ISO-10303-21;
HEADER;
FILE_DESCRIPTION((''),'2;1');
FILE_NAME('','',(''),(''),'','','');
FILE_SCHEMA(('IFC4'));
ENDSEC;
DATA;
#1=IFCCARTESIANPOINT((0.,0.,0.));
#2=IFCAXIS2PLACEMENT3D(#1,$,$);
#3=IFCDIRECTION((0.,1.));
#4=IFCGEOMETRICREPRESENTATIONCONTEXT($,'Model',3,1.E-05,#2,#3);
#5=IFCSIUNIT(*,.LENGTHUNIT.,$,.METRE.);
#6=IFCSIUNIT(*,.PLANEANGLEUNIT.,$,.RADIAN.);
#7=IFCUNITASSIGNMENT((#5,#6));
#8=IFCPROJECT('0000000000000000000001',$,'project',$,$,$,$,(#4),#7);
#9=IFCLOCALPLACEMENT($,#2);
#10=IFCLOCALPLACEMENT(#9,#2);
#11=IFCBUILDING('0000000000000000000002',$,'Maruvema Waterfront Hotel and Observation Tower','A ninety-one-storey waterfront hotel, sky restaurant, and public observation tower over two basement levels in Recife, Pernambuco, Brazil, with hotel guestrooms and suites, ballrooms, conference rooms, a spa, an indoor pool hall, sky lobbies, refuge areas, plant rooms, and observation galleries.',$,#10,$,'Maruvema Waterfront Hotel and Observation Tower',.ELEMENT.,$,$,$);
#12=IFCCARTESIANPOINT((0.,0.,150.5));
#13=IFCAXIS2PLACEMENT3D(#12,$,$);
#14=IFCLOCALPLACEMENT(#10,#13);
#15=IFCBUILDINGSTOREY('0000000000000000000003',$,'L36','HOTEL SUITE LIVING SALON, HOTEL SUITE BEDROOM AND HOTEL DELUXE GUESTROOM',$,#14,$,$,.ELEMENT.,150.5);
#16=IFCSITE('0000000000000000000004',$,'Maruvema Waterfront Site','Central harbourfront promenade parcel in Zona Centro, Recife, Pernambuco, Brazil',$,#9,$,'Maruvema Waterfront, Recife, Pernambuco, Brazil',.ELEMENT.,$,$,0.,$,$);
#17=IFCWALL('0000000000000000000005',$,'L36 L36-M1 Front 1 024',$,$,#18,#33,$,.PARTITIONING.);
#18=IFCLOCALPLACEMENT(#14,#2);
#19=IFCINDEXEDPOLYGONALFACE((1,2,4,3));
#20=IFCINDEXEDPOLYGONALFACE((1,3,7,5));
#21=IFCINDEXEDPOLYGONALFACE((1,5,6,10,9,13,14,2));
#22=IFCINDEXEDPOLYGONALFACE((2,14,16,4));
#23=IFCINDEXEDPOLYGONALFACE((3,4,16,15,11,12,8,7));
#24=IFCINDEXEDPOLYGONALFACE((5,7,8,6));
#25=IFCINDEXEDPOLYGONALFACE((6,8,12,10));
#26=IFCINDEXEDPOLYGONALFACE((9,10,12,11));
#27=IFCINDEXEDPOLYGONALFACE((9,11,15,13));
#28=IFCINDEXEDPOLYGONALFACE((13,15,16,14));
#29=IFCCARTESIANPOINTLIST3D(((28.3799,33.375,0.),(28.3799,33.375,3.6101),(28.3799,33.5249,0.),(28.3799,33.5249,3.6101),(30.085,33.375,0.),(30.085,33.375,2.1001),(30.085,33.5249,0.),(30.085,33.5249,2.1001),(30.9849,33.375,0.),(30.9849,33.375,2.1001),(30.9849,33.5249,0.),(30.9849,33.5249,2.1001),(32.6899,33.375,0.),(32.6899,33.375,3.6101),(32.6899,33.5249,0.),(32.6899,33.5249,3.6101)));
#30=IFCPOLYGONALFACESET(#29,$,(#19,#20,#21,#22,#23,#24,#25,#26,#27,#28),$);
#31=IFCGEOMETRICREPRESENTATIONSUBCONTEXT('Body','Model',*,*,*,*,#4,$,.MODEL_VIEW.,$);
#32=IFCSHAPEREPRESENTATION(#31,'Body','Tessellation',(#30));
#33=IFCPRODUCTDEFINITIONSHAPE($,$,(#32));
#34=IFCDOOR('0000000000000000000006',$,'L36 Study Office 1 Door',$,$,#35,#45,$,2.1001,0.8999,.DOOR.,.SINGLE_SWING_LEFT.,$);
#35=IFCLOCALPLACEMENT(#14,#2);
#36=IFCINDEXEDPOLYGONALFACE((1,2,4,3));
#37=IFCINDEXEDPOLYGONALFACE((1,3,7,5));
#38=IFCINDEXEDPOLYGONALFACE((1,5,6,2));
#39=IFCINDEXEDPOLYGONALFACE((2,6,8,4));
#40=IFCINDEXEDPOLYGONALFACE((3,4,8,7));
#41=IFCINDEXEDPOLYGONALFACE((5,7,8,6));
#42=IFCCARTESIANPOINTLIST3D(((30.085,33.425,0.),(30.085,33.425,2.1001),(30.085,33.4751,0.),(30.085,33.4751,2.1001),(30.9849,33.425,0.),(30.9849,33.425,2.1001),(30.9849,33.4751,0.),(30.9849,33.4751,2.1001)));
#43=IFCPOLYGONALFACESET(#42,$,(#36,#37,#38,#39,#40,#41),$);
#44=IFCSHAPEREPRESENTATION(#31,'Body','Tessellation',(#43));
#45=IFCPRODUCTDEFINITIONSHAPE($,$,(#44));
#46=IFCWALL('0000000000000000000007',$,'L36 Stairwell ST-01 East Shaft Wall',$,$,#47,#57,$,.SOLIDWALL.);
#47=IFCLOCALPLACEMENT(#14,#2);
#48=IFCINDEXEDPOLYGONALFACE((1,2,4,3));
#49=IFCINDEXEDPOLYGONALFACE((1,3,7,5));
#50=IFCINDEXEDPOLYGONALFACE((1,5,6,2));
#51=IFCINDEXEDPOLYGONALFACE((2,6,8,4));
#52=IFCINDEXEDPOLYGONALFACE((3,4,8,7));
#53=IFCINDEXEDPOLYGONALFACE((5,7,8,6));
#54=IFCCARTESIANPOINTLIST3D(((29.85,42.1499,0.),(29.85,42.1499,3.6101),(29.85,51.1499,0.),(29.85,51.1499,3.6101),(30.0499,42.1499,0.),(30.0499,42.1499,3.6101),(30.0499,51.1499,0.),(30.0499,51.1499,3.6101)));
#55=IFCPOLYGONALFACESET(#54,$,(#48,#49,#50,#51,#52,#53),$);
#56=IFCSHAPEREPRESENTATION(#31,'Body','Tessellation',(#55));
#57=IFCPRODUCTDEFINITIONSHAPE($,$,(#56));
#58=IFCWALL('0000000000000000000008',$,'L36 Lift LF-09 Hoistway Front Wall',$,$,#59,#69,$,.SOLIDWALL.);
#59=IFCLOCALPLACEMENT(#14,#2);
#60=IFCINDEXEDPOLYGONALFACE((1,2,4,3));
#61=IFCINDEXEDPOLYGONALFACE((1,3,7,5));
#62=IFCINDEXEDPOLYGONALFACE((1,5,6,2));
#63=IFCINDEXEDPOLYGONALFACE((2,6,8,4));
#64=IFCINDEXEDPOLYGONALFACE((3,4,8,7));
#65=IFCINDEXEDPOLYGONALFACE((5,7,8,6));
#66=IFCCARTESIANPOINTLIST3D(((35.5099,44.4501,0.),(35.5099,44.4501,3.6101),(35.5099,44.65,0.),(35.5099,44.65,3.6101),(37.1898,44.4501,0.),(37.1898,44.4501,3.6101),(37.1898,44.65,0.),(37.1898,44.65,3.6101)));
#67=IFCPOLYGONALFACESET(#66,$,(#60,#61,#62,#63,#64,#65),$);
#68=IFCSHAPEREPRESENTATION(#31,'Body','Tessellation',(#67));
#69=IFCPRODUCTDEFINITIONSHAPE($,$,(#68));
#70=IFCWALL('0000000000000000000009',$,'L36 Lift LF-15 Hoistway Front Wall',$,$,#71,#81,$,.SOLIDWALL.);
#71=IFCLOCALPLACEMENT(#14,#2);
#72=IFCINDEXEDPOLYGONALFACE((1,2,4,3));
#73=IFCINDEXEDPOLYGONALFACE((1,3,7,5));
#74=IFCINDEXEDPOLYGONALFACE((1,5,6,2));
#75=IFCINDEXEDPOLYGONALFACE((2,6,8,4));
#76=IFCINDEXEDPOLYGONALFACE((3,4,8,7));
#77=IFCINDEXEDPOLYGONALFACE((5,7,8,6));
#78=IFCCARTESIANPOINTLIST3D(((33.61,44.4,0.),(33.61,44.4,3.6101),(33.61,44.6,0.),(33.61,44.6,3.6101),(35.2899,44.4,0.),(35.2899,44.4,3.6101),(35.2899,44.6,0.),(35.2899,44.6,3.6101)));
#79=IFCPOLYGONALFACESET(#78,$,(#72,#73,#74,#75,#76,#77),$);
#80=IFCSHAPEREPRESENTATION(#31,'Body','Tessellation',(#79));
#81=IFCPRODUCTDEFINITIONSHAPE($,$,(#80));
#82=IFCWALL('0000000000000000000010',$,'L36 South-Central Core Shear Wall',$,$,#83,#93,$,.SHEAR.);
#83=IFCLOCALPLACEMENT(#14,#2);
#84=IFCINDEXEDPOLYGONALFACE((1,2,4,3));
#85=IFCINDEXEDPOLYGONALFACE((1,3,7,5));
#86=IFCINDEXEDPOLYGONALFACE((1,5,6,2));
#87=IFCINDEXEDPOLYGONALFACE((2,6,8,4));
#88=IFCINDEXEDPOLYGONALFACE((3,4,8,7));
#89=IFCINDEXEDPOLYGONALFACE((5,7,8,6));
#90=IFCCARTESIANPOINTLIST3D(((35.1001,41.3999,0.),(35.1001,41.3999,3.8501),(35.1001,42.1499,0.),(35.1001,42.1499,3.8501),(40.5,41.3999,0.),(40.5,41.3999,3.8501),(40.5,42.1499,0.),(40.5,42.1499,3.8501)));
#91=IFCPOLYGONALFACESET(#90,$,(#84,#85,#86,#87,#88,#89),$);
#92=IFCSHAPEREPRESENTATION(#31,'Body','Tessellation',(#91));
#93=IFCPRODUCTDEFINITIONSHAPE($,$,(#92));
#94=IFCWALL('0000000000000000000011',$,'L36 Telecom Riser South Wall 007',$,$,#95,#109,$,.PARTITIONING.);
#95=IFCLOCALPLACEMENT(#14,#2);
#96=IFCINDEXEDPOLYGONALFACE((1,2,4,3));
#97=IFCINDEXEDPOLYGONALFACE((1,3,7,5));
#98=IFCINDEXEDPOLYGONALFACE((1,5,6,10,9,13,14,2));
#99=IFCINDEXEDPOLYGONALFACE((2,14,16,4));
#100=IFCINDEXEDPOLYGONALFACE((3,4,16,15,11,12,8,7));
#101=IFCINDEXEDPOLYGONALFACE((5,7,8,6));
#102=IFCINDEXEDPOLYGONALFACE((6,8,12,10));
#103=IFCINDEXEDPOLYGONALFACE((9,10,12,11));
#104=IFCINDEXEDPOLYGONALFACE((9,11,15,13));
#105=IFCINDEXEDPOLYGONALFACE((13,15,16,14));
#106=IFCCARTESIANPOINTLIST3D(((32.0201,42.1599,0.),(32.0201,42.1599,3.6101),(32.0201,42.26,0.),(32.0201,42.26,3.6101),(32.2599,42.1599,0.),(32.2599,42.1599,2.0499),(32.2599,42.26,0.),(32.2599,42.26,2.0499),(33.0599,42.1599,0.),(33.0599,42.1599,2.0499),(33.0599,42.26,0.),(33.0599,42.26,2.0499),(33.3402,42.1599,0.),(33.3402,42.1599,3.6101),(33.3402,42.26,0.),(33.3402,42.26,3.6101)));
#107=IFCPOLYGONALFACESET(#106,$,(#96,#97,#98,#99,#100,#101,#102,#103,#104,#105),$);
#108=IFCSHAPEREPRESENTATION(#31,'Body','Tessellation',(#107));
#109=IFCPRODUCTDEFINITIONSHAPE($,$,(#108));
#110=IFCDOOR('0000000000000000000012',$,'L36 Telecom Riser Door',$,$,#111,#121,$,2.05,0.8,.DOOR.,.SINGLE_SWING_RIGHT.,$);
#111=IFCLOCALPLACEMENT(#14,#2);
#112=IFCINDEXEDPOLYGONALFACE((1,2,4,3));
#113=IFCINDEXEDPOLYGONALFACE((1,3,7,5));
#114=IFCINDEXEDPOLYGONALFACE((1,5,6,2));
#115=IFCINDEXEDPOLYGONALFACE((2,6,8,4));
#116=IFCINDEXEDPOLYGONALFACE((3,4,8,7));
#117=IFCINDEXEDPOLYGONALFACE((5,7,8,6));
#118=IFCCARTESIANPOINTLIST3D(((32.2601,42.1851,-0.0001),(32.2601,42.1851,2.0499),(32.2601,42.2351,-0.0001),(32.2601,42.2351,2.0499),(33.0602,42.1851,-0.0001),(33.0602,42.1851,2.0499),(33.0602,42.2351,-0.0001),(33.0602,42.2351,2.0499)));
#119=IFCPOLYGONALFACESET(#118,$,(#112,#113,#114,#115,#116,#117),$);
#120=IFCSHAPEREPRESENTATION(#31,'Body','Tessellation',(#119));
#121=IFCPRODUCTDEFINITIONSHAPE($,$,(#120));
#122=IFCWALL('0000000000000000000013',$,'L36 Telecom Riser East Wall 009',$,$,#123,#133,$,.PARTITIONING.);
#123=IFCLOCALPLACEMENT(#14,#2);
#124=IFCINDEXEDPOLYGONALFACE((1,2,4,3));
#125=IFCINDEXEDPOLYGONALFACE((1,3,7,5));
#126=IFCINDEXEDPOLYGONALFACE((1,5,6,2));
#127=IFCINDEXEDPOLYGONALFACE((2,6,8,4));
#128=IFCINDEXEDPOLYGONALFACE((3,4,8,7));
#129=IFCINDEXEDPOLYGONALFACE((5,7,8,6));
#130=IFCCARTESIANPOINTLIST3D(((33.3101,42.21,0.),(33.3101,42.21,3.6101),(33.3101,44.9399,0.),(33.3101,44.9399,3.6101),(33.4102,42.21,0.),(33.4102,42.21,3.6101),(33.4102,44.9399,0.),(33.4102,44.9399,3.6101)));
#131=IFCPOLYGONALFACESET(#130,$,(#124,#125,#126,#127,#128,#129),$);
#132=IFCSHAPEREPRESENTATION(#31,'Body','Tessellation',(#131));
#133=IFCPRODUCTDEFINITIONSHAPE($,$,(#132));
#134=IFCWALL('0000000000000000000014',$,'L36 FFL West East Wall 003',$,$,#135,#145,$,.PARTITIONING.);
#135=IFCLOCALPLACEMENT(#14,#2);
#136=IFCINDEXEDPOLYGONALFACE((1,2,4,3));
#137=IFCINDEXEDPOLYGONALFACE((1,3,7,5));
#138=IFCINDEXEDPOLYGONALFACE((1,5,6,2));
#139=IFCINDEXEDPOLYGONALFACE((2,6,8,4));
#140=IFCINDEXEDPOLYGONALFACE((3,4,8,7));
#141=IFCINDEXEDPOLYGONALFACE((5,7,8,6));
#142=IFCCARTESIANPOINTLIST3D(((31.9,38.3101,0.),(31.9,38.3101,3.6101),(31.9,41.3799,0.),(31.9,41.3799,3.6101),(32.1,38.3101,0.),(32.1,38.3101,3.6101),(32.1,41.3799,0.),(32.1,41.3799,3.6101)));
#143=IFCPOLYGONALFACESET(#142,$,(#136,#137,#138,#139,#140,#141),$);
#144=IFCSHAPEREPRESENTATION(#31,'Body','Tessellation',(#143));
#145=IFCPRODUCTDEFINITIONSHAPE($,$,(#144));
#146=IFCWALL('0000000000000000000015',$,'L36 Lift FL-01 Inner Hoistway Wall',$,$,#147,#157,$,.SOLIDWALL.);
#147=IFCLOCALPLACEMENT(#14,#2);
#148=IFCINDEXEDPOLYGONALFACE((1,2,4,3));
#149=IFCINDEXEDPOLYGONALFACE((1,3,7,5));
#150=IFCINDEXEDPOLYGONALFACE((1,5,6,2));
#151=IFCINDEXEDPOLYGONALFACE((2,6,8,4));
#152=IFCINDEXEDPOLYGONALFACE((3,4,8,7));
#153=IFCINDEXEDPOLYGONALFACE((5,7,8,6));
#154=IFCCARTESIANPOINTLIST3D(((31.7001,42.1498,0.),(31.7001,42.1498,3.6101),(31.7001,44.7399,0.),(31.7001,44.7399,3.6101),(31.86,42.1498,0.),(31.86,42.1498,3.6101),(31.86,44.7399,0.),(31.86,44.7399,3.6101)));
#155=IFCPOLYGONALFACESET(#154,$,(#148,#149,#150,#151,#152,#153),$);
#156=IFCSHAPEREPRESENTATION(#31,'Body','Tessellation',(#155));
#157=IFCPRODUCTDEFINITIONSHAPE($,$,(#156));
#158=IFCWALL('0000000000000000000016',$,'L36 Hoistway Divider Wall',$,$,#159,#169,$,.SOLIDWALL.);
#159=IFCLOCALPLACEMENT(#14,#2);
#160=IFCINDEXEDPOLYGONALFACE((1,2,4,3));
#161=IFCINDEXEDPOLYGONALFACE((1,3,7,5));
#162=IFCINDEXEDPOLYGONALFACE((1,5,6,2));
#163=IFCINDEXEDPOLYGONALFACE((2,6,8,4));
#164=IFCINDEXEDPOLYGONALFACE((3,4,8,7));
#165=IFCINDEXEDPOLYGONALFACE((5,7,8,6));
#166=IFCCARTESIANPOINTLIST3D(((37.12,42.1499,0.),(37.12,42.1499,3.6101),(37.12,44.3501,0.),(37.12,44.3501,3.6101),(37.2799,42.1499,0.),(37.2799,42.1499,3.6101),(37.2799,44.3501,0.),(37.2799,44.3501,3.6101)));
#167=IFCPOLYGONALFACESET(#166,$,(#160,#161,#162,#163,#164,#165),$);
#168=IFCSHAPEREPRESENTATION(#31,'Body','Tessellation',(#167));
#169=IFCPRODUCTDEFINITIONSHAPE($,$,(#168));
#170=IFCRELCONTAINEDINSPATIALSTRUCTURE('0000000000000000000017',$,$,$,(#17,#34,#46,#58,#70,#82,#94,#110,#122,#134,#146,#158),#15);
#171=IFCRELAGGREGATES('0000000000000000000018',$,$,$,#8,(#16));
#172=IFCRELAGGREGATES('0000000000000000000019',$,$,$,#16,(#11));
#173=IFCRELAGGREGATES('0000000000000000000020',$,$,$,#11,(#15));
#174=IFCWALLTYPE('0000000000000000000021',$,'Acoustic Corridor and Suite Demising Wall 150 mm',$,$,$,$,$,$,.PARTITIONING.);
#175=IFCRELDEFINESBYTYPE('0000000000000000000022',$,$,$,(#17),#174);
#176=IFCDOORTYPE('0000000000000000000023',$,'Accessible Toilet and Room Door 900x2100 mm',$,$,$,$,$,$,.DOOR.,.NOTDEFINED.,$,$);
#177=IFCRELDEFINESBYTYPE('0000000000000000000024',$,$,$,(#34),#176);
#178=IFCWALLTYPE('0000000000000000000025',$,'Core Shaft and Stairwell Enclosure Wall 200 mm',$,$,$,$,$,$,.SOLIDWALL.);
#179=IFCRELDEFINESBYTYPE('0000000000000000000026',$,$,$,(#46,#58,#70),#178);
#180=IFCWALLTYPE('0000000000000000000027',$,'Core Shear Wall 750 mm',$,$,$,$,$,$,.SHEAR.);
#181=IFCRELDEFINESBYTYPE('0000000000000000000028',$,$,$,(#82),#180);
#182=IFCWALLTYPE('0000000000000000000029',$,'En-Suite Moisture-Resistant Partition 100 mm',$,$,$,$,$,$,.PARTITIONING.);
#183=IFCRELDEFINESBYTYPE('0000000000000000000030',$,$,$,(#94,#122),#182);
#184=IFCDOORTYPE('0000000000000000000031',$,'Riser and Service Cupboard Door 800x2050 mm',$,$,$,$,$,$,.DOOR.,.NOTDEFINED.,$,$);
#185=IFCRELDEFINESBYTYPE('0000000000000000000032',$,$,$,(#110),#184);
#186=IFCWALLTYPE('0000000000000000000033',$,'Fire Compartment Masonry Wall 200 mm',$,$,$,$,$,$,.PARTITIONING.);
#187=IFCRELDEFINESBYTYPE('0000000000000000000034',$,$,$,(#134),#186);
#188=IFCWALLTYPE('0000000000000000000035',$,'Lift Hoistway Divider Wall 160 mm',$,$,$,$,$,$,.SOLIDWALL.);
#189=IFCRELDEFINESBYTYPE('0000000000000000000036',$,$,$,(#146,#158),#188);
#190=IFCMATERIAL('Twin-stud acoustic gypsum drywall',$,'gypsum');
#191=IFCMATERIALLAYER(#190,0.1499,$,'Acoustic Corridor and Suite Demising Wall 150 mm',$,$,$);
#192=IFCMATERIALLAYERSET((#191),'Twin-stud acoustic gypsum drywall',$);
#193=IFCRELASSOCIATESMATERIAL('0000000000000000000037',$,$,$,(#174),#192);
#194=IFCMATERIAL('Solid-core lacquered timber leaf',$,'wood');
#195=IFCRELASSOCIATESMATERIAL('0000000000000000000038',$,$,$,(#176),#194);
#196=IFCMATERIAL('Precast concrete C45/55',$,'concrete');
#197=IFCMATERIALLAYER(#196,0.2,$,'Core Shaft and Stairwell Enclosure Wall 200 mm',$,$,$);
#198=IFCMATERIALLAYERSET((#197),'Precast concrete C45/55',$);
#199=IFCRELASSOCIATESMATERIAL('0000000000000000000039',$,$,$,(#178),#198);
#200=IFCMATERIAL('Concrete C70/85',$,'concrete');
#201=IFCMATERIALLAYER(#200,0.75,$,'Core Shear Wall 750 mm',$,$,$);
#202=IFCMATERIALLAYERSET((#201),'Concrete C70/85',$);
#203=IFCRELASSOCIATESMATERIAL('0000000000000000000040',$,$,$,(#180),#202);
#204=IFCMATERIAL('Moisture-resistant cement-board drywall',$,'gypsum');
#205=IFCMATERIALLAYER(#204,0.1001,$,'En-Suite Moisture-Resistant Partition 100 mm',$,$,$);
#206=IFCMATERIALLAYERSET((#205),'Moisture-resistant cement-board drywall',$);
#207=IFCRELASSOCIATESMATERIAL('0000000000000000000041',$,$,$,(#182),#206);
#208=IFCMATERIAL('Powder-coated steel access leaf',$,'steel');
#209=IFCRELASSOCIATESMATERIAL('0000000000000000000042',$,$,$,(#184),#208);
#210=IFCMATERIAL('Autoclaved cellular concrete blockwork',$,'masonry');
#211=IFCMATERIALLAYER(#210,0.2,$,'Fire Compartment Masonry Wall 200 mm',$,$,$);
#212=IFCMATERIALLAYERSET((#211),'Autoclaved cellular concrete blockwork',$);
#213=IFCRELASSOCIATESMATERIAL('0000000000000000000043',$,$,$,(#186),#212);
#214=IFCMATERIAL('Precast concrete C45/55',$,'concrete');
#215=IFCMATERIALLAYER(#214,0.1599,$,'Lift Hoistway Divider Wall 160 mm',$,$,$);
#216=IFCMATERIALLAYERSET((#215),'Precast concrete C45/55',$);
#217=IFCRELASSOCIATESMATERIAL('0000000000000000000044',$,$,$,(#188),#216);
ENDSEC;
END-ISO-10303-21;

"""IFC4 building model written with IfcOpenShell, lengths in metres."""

from ifc_helpers import new_model, si_unit, direction, frame, frame_2d, origin, place, context, subcontext, project, spatial, rectangle, extrude, material, layer, layer_set, type_object, element, fill, save


model = new_model("IFC4")

# Units and contexts
model_context = context("Model", 3, precision=1e-05, world=origin(), true_north=direction((0.0, 1.0)))
body_context = subcontext(model_context, "Body", "Model", "MODEL_VIEW")
ifc_project = project(units=[si_unit("LENGTHUNIT", "METRE"), si_unit("PLANEANGLEUNIT", "RADIAN")], contexts=[model_context])

# Site, building, storey
site_placement = place(None, origin())
site = spatial("IfcSite", under=ifc_project, at=site_placement, Name="Maruvema Waterfront Site", Description="Central harbourfront promenade parcel in Zona Centro, Recife, Pernambuco, Brazil", LongName="Maruvema Waterfront, Recife, Pernambuco, Brazil", CompositionType="ELEMENT", RefElevation=0.0)
building_placement = place(site_placement, origin())
building = spatial("IfcBuilding", under=site, at=building_placement, Name="Maruvema Waterfront Hotel and Observation Tower", Description="A ninety-one-storey waterfront hotel, sky restaurant, and public observation tower over two basement levels in Recife, Pernambuco, Brazil, with hotel guestrooms and suites, ballrooms, conference rooms, a spa, an indoor pool hall, sky lobbies, refuge areas, plant rooms, and observation galleries.", LongName="Maruvema Waterfront Hotel and Observation Tower", CompositionType="ELEMENT")
storey_placement = place(building_placement, frame((0.0, 0.0, 150.5)))
storey = spatial("IfcBuildingStorey", under=building, at=storey_placement, Name="L36", Description="HOTEL SUITE LIVING SALON, HOTEL SUITE BEDROOM AND HOTEL DELUXE GUESTROOM", CompositionType="ELEMENT", Elevation=150.5)

# Shared definitions
ifc_material_1 = material(Name="Twin-stud acoustic gypsum drywall", Category="gypsum")
ifc_layer_1 = layer(ifc_material_1, 0.1499, Name="Acoustic Corridor and Suite Demising Wall 150 mm")
ifc_layer_set_1 = layer_set([ifc_layer_1], Name="Twin-stud acoustic gypsum drywall")
wall_type_1 = type_object("IfcWallType", Name="Acoustic Corridor and Suite Demising Wall 150 mm", PredefinedType="PARTITIONING", material=ifc_layer_set_1)
ifc_material_2 = material(Name="Solid-core lacquered timber leaf", Category="wood")
door_type_1 = type_object("IfcDoorType", Name="Accessible Toilet and Room Door 900x2100 mm", OperationType="NOTDEFINED", PredefinedType="DOOR", material=ifc_material_2)

# Wall, opening, door
wall_1_placement = place(storey_placement, frame((28.3799, 33.45, 0.0), z_axis=(0.0, 0.0, 1.0), x_axis=(1.0, 0.0, 0.0)))
wall_1 = element("IfcWall", 1, at=wall_1_placement, inside=storey, type_object=wall_type_1, Name="L36 L36-M1 Front 1 024", PredefinedType="PARTITIONING", context=body_context, shape_type="SweptSolid", body=[
    extrude(rectangle(XDim=4.3101, YDim=0.1499, at=frame_2d((2.155, 0.0))), origin(), (0.0, 0.0, 1.0), 3.6101),
])
opening_1_placement = place(wall_1_placement, frame((1.7051, 0.0, 0.0)))
opening_1 = element("IfcOpeningElement", 2, at=opening_1_placement, cuts=wall_1, PredefinedType="OPENING", context=body_context, shape_type="SweptSolid", body=[
    extrude(rectangle(XDim=0.8999, YDim=2.1001, at=frame_2d((0.45, 1.05))), frame((0.0, 0.085, 0.0), z_axis=(0.0, -1.0, 0.0), x_axis=(1.0, 0.0, 0.0)), (0.0, 0.0, 1.0), 0.1699),
])
door_1_placement = place(opening_1_placement, frame((0.8999, 0.0, 0.0), z_axis=(0.0, 0.0, 1.0), x_axis=(-1.0, 0.0, 0.0)))
door_1 = element("IfcDoor", 3, at=door_1_placement, inside=storey, type_object=door_type_1, Name="L36 Study Office 1 Door", OperationType="SINGLE_SWING_LEFT", OverallHeight=2.1001, OverallWidth=0.8999, PredefinedType="DOOR", context=body_context, shape_type="SweptSolid", body=[
    extrude(rectangle(XDim=0.8999, YDim=2.1001, at=frame_2d((0.45, 1.05))), frame((0.0, 0.0249, 0.0), z_axis=(0.0, -1.0, 0.0), x_axis=(1.0, 0.0, 0.0)), (0.0, 0.0, 1.0), 0.05),
])
fill(opening_1, door_1)

# Walls
ifc_material_3 = material(Name="Precast concrete C45/55", Category="concrete")
ifc_layer_2 = layer(ifc_material_3, 0.2, Name="Core Shaft and Stairwell Enclosure Wall 200 mm")
ifc_layer_set_2 = layer_set([ifc_layer_2], Name="Precast concrete C45/55")
wall_type_2 = type_object("IfcWallType", Name="Core Shaft and Stairwell Enclosure Wall 200 mm", PredefinedType="SOLIDWALL", material=ifc_layer_set_2)
wall_2_placement = place(storey_placement, frame((29.95, 42.1499, 0.0), z_axis=(0.0, 0.0, 1.0), x_axis=(0.0, 1.0, 0.0)))
element("IfcWall", 4, at=wall_2_placement, inside=storey, type_object=wall_type_2, Name="L36 Stairwell ST-01 East Shaft Wall", PredefinedType="SOLIDWALL", context=body_context, shape_type="SweptSolid", body=[
    extrude(rectangle(XDim=9.0, YDim=0.2, at=frame_2d((4.5, 0.0))), origin(), (0.0, 0.0, 1.0), 3.6101),
])
for number, where, z_axis, x_axis, name in (
    (5, (35.51, 44.55, 0.0), (0.0, 0.0, 1.0), (1.0, 0.0, 0.0), "L36 Lift LF-09 Hoistway Front Wall"),
    (6, (33.6101, 44.5, 0.0), (0.0, 0.0, 1.0), (1.0, 0.0, 0.0), "L36 Lift LF-15 Hoistway Front Wall"),
):
    element("IfcWall", number, at=place(storey_placement, frame(where, z_axis=z_axis, x_axis=x_axis)), inside=storey, type_object=wall_type_2, Name=name, PredefinedType="SOLIDWALL", context=body_context, shape_type="SweptSolid", body=[
        extrude(rectangle(XDim=1.6799, YDim=0.2, at=frame_2d((0.8398, 0.0))), origin(), (0.0, 0.0, 1.0), 3.6101),
    ])
ifc_material_4 = material(Name="Concrete C70/85", Category="concrete")
ifc_layer_3 = layer(ifc_material_4, 0.75, Name="Core Shear Wall 750 mm")
ifc_layer_set_3 = layer_set([ifc_layer_3], Name="Concrete C70/85")
wall_type_3 = type_object("IfcWallType", Name="Core Shear Wall 750 mm", PredefinedType="SHEAR", material=ifc_layer_set_3)
wall_3_placement = place(storey_placement, frame((35.1001, 41.7749, 0.0), z_axis=(0.0, 0.0, 1.0), x_axis=(1.0, 0.0, 0.0)))
element("IfcWall", 7, at=wall_3_placement, inside=storey, type_object=wall_type_3, Name="L36 South-Central Core Shear Wall", PredefinedType="SHEAR", context=body_context, shape_type="SweptSolid", body=[
    extrude(rectangle(XDim=5.3999, YDim=0.75, at=frame_2d((2.7, 0.0))), origin(), (0.0, 0.0, 1.0), 3.8501),
])

# Wall, opening, door
ifc_material_5 = material(Name="Moisture-resistant cement-board drywall", Category="gypsum")
ifc_layer_4 = layer(ifc_material_5, 0.1001, Name="En-Suite Moisture-Resistant Partition 100 mm")
ifc_layer_set_4 = layer_set([ifc_layer_4], Name="Moisture-resistant cement-board drywall")
wall_type_4 = type_object("IfcWallType", Name="En-Suite Moisture-Resistant Partition 100 mm", PredefinedType="PARTITIONING", material=ifc_layer_set_4)
wall_4_placement = place(storey_placement, frame((32.02, 42.21, 0.0), z_axis=(0.0, 0.0, 1.0), x_axis=(1.0, 0.0, 0.0)))
wall_4 = element("IfcWall", 8, at=wall_4_placement, inside=storey, type_object=wall_type_4, Name="L36 Telecom Riser South Wall 007", PredefinedType="PARTITIONING", context=body_context, shape_type="SweptSolid", body=[
    extrude(rectangle(XDim=1.3201, YDim=0.1001, at=frame_2d((0.6602, 0.0))), origin(), (0.0, 0.0, 1.0), 3.6101),
])
opening_2_placement = place(wall_4_placement, frame((0.24, 0.0, 0.0)))
opening_2 = element("IfcOpeningElement", 9, at=opening_2_placement, cuts=wall_4, PredefinedType="OPENING", context=body_context, shape_type="SweptSolid", body=[
    extrude(rectangle(XDim=0.8, YDim=2.05, at=frame_2d((0.3999, 1.0249))), frame((0.0, 0.0601, 0.0), z_axis=(0.0, -1.0, 0.0), x_axis=(1.0, 0.0, 0.0)), (0.0, 0.0, 1.0), 0.1201),
])
ifc_material_6 = material(Name="Powder-coated steel access leaf", Category="steel")
door_type_2 = type_object("IfcDoorType", Name="Riser and Service Cupboard Door 800x2050 mm", OperationType="NOTDEFINED", PredefinedType="DOOR", material=ifc_material_6)
door_2_placement = place(opening_2_placement, frame((0.8, 0.0, 0.0), z_axis=(0.0, 0.0, 1.0), x_axis=(-1.0, 0.0, 0.0)))
door_2 = element("IfcDoor", 10, at=door_2_placement, inside=storey, type_object=door_type_2, Name="L36 Telecom Riser Door", OperationType="SINGLE_SWING_RIGHT", OverallHeight=2.05, OverallWidth=0.8, PredefinedType="DOOR", context=body_context, shape_type="SweptSolid", body=[
    extrude(rectangle(XDim=0.8, YDim=2.05, at=frame_2d((0.3999, 1.0249))), frame((0.0, 0.0249, 0.0), z_axis=(0.0, -1.0, 0.0), x_axis=(1.0, 0.0, 0.0)), (0.0, 0.0, 1.0), 0.05),
])
fill(opening_2, door_2)

# Walls
wall_5_placement = place(storey_placement, frame((33.3601, 42.21, 0.0), z_axis=(0.0, 0.0, 1.0), x_axis=(0.0, 1.0, 0.0)))
element("IfcWall", 11, at=wall_5_placement, inside=storey, type_object=wall_type_4, Name="L36 Telecom Riser East Wall 009", PredefinedType="PARTITIONING", context=body_context, shape_type="SweptSolid", body=[
    extrude(rectangle(XDim=2.73, YDim=0.1001, at=frame_2d((1.365, 0.0))), origin(), (0.0, 0.0, 1.0), 3.6101),
])
ifc_material_7 = material(Name="Autoclaved cellular concrete blockwork", Category="masonry")
ifc_layer_5 = layer(ifc_material_7, 0.2, Name="Fire Compartment Masonry Wall 200 mm")
ifc_layer_set_5 = layer_set([ifc_layer_5], Name="Autoclaved cellular concrete blockwork")
wall_type_5 = type_object("IfcWallType", Name="Fire Compartment Masonry Wall 200 mm", PredefinedType="PARTITIONING", material=ifc_layer_set_5)
wall_6_placement = place(storey_placement, frame((32.0, 38.3101, 0.0), z_axis=(0.0, 0.0, 1.0), x_axis=(0.0, 1.0, 0.0)))
element("IfcWall", 12, at=wall_6_placement, inside=storey, type_object=wall_type_5, Name="L36 FFL West East Wall 003", PredefinedType="PARTITIONING", context=body_context, shape_type="SweptSolid", body=[
    extrude(rectangle(XDim=3.0698, YDim=0.2, at=frame_2d((1.5349, 0.0))), origin(), (0.0, 0.0, 1.0), 3.6101),
])
ifc_material_8 = material(Name="Precast concrete C45/55", Category="concrete")
ifc_layer_6 = layer(ifc_material_8, 0.1599, Name="Lift Hoistway Divider Wall 160 mm")
ifc_layer_set_6 = layer_set([ifc_layer_6], Name="Precast concrete C45/55")
wall_type_6 = type_object("IfcWallType", Name="Lift Hoistway Divider Wall 160 mm", PredefinedType="SOLIDWALL", material=ifc_layer_set_6)
wall_7_placement = place(storey_placement, frame((31.78, 42.1499, 0.0), z_axis=(0.0, 0.0, 1.0), x_axis=(0.0, 1.0, 0.0)))
element("IfcWall", 13, at=wall_7_placement, inside=storey, type_object=wall_type_6, Name="L36 Lift FL-01 Inner Hoistway Wall", PredefinedType="SOLIDWALL", context=body_context, shape_type="SweptSolid", body=[
    extrude(rectangle(XDim=2.5901, YDim=0.1599, at=frame_2d((1.2949, 0.0))), origin(), (0.0, 0.0, 1.0), 3.6101),
])
wall_8_placement = place(storey_placement, frame((37.2, 42.1499, 0.0), z_axis=(0.0, 0.0, 1.0), x_axis=(0.0, 1.0, 0.0)))
element("IfcWall", 14, at=wall_8_placement, inside=storey, type_object=wall_type_6, Name="L36 Hoistway Divider Wall", PredefinedType="SOLIDWALL", context=body_context, shape_type="SweptSolid", body=[
    extrude(rectangle(XDim=2.2002, YDim=0.1599, at=frame_2d((1.1001, 0.0))), origin(), (0.0, 0.0, 1.0), 3.6101),
])

save(model, "model.ifc")
